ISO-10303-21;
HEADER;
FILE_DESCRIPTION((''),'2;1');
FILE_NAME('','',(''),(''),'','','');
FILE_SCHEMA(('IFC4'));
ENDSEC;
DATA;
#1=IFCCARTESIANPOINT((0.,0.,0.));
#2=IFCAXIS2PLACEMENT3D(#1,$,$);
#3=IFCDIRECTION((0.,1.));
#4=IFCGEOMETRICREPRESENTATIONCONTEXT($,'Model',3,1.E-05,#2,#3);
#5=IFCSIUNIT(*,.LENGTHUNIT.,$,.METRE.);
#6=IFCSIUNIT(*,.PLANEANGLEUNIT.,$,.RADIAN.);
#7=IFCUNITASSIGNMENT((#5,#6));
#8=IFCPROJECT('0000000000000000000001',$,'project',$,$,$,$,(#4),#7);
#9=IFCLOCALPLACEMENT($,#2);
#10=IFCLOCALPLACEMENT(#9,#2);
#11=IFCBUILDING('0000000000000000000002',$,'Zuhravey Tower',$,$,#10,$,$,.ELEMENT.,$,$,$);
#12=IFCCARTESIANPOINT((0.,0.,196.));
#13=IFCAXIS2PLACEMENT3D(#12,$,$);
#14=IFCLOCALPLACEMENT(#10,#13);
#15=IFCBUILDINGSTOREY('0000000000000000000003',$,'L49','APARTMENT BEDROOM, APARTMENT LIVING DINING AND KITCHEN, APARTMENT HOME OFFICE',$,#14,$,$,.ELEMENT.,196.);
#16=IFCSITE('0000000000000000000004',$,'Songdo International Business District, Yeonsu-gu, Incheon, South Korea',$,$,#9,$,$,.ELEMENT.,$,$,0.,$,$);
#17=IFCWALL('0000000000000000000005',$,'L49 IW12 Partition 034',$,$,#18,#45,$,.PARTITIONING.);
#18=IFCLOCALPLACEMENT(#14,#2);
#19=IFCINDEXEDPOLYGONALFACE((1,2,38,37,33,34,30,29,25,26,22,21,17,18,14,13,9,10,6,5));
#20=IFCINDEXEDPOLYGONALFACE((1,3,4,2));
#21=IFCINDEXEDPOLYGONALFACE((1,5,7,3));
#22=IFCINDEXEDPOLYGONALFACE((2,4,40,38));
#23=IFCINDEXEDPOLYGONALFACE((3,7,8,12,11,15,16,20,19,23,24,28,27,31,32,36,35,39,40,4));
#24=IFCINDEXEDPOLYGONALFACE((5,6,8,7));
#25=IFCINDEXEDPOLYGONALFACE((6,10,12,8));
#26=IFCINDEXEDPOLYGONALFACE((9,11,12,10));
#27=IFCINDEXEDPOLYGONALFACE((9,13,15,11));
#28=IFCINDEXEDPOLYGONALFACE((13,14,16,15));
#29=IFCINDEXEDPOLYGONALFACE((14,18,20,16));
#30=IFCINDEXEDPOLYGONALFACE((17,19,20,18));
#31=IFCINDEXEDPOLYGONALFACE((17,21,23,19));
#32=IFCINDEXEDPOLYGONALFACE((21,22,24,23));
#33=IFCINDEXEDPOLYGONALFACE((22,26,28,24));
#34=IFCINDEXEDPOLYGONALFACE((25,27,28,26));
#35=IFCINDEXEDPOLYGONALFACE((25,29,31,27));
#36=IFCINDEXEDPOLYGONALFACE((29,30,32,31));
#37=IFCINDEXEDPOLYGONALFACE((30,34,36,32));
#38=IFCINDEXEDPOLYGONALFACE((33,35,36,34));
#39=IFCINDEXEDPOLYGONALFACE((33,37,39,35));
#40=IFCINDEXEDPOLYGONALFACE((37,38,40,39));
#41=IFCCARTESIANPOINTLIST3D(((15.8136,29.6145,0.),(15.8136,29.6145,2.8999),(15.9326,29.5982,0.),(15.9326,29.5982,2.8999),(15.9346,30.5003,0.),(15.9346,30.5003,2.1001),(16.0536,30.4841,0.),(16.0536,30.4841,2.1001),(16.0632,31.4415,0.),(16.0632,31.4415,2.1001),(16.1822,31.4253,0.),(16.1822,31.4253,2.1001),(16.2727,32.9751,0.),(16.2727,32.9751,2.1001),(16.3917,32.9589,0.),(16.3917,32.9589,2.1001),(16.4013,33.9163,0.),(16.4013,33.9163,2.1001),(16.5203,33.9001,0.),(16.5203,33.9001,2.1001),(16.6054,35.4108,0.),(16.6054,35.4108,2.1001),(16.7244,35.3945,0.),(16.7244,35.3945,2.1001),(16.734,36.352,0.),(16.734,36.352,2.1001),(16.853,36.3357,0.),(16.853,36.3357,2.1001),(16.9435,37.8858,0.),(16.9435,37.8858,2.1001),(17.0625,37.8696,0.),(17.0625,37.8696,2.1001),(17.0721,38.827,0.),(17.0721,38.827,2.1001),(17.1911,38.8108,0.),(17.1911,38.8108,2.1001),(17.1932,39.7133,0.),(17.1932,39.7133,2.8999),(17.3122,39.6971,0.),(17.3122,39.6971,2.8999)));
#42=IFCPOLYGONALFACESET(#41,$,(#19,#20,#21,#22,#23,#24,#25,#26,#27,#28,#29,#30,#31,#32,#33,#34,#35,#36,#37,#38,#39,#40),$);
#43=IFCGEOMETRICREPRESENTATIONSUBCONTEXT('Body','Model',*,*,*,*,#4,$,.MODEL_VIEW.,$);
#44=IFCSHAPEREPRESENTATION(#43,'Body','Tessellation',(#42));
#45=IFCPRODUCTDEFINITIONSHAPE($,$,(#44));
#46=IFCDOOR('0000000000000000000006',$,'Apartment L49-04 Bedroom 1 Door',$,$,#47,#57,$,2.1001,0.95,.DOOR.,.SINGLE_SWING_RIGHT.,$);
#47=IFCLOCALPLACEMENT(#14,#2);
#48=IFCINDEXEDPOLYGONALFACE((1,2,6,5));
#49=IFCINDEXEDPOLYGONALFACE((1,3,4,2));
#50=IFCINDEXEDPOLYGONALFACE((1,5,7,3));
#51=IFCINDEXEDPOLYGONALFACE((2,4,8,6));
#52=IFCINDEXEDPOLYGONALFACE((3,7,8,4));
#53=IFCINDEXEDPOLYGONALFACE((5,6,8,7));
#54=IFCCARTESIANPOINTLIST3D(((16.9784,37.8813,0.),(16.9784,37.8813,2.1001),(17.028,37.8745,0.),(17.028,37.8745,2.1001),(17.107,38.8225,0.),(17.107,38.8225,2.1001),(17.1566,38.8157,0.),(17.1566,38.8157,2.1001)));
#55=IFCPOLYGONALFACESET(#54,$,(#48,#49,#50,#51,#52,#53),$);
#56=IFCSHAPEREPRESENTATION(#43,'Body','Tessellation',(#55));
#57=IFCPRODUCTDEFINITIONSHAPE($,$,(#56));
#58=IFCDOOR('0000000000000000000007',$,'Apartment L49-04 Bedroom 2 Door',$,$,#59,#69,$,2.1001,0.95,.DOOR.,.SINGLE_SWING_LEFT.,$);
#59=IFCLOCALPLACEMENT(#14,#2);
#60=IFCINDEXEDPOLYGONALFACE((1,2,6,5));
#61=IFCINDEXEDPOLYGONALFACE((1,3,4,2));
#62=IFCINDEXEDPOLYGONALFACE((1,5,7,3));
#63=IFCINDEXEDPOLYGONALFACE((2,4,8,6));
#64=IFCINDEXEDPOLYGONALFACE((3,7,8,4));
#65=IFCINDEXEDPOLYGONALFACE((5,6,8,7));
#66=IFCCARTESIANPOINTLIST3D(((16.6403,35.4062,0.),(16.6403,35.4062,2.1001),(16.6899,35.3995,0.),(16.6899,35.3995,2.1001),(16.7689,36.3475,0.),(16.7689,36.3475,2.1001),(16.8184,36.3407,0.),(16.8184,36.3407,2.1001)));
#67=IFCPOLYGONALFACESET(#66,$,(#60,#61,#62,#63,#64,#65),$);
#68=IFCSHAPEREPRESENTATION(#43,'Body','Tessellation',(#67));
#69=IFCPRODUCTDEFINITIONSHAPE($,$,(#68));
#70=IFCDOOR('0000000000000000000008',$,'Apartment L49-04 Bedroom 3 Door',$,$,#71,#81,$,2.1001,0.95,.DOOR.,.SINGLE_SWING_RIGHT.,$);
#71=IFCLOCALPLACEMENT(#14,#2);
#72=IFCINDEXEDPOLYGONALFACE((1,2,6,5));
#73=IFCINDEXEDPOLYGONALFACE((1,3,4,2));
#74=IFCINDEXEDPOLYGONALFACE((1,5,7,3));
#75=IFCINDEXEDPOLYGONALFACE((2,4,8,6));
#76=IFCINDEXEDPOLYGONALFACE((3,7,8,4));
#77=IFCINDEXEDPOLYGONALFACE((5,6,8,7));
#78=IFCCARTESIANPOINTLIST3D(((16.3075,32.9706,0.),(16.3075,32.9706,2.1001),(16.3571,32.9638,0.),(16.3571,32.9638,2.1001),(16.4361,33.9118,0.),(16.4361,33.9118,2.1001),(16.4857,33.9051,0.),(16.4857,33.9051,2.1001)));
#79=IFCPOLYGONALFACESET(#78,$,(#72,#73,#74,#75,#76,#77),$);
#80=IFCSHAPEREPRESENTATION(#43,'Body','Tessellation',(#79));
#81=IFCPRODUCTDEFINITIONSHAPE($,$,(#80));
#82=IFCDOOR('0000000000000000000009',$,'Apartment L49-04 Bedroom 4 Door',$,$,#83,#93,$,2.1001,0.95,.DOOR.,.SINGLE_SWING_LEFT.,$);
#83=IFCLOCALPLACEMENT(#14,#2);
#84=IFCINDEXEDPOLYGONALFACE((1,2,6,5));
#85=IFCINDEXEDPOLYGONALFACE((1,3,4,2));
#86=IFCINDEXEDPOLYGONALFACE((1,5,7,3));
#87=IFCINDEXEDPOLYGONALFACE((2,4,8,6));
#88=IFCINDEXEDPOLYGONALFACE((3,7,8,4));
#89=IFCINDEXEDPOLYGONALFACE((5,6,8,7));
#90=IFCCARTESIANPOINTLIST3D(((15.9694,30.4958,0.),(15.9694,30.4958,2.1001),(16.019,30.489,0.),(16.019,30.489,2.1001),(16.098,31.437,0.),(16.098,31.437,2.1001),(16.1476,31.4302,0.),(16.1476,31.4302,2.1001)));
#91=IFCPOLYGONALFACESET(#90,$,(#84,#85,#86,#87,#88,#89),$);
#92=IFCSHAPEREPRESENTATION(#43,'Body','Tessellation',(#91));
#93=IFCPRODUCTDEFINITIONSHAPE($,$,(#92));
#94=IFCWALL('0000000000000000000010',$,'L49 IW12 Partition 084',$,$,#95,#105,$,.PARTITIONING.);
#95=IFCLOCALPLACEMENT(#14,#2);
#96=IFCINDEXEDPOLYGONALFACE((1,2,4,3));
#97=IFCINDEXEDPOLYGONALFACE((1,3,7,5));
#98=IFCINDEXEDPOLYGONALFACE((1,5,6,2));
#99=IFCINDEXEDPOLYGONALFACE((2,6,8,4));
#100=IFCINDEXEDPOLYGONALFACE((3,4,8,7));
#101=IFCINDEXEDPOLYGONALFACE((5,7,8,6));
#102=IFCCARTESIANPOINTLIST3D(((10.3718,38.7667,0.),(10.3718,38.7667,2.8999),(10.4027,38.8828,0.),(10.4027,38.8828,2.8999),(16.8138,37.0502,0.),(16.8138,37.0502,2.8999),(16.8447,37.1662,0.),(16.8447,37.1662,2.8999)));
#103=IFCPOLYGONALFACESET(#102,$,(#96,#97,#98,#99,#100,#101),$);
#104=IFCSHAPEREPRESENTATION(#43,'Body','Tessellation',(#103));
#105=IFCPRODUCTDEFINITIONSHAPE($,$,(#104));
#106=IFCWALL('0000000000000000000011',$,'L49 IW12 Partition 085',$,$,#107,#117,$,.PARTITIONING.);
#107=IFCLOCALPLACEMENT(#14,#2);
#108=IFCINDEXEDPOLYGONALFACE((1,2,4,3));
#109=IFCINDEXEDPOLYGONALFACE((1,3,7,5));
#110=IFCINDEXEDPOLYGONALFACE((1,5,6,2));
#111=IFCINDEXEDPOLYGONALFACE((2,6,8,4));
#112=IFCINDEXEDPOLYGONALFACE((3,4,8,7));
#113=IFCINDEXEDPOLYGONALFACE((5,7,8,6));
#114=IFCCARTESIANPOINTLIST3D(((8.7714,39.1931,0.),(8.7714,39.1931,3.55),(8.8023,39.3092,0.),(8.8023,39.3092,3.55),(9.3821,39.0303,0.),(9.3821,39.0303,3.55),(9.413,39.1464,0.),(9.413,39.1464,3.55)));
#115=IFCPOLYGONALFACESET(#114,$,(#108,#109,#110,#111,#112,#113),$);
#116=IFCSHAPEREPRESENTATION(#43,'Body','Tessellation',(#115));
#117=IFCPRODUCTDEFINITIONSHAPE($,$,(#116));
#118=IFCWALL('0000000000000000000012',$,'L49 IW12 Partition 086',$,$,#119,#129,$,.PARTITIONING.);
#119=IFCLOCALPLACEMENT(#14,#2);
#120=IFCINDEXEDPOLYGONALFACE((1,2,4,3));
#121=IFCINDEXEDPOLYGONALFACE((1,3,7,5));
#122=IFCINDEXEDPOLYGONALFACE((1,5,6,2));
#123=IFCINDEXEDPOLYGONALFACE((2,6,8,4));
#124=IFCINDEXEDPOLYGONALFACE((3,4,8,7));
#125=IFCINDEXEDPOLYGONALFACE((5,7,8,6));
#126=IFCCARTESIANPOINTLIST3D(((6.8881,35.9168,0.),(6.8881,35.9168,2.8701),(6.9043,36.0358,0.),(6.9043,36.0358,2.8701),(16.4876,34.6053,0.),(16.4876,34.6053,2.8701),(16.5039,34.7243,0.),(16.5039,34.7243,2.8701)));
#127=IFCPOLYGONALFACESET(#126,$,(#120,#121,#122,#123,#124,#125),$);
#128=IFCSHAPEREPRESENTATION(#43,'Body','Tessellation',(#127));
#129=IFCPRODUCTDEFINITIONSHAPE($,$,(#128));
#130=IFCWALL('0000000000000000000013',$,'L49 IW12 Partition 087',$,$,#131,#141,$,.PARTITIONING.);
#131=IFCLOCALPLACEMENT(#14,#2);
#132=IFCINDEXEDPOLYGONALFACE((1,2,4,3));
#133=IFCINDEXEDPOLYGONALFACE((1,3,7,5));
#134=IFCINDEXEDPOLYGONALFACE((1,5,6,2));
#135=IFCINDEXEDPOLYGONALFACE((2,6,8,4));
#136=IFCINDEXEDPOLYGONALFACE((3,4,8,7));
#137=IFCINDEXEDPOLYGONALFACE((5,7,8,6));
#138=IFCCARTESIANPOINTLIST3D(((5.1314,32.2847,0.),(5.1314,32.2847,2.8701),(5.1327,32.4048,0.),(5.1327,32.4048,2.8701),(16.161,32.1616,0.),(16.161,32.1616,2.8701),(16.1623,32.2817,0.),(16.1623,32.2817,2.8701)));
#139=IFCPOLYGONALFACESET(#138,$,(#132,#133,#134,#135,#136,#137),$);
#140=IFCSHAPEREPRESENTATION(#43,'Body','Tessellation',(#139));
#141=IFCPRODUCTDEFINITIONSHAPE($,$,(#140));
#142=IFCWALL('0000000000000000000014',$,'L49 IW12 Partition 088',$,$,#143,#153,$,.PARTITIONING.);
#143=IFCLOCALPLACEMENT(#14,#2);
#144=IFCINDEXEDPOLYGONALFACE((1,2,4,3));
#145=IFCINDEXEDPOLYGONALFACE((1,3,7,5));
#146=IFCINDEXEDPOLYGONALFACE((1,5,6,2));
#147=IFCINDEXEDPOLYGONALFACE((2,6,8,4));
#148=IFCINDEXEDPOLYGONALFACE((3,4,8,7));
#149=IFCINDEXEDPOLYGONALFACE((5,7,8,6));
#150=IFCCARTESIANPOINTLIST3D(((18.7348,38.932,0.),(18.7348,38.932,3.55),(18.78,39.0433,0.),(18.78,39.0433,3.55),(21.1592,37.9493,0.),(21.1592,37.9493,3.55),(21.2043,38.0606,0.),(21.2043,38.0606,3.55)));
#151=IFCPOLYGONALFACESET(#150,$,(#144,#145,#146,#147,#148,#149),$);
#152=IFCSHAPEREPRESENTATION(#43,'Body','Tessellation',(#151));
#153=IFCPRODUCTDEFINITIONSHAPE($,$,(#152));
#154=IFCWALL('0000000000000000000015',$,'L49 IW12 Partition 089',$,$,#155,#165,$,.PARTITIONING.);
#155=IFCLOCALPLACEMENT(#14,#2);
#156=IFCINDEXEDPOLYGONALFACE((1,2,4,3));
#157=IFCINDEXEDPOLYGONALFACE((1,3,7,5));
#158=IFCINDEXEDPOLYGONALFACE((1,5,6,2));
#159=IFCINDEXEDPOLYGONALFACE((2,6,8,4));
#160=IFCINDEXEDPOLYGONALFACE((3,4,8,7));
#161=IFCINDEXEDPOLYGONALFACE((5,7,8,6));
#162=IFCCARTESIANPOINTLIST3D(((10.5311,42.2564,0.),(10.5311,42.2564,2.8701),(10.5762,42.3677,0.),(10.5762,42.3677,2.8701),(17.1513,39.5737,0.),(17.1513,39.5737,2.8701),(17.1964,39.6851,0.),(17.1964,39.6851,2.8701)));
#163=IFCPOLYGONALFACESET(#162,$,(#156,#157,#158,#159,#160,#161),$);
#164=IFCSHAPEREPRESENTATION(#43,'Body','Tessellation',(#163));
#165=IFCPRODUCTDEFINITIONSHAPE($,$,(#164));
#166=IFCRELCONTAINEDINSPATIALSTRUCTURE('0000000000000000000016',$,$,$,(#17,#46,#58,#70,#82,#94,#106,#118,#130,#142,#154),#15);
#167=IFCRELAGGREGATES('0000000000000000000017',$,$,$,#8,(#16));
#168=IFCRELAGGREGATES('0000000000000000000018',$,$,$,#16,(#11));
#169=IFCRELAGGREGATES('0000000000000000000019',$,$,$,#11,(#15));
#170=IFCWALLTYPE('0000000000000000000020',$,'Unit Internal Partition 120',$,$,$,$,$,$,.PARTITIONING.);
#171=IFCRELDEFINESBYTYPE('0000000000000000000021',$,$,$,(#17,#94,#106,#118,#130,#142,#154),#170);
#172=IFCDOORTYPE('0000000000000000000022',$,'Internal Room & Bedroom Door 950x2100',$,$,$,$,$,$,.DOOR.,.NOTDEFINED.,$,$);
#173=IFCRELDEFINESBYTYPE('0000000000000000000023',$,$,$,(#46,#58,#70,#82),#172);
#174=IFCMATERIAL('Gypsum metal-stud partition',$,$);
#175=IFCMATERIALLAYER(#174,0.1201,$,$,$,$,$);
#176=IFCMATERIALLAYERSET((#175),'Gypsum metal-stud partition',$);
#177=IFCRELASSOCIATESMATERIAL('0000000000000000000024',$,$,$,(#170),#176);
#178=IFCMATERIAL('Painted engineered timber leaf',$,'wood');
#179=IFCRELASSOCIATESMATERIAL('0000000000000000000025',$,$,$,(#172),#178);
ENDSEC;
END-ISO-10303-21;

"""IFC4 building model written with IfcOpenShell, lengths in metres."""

from ifc_helpers import new_model, si_unit, direction, frame, frame_2d, origin, place, context, subcontext, project, spatial, rectangle, extrude, material, layer, layer_set, type_object, element, fill, save


model = new_model("IFC4")

# Units and contexts
model_context = context("Model", 3, precision=1e-05, world=origin(), true_north=direction((0.0, 1.0)))
body_context = subcontext(model_context, "Body", "Model", "MODEL_VIEW")
ifc_project = project(units=[si_unit("LENGTHUNIT", "METRE"), si_unit("PLANEANGLEUNIT", "RADIAN")], contexts=[model_context])

# Site, building, storey
site_placement = place(None, origin())
site = spatial("IfcSite", under=ifc_project, at=site_placement, Name="Songdo International Business District, Yeonsu-gu, Incheon, South Korea", CompositionType="ELEMENT", RefElevation=0.0)
building_placement = place(site_placement, origin())
building = spatial("IfcBuilding", under=site, at=building_placement, Name="Zuhravey Tower", CompositionType="ELEMENT")
storey_placement = place(building_placement, frame((0.0, 0.0, 196.0)))
storey = spatial("IfcBuildingStorey", under=building, at=storey_placement, Name="L49", Description="APARTMENT BEDROOM, APARTMENT LIVING DINING AND KITCHEN, APARTMENT HOME OFFICE", CompositionType="ELEMENT", Elevation=196.0)

# Wall, openings, doors
ifc_material_1 = material(Name="Gypsum metal-stud partition")
ifc_layer_1 = layer(ifc_material_1, 0.1201)
ifc_layer_set_1 = layer_set([ifc_layer_1], Name="Gypsum metal-stud partition")
wall_type_1 = type_object("IfcWallType", Name="Unit Internal Partition 120", PredefinedType="PARTITIONING", material=ifc_layer_set_1)
ifc_material_2 = material(Name="Painted engineered timber leaf", Category="wood")
door_type_1 = type_object("IfcDoorType", Name="Internal Room & Bedroom Door 950x2100", OperationType="NOTDEFINED", PredefinedType="DOOR", material=ifc_material_2)
wall_1_placement = place(storey_placement, frame((17.2527, 39.7051, 0.0), z_axis=(0.0, 0.0, 1.0), x_axis=(-0.135356, -0.990797, 0.0)))
wall_1 = element("IfcWall", 1, at=wall_1_placement, inside=storey, type_object=wall_type_1, Name="L49 IW12 Partition 034", PredefinedType="PARTITIONING", context=body_context, shape_type="SweptSolid", body=[
    extrude(rectangle(XDim=10.1926, YDim=0.1201, at=frame_2d((5.0962, 0.0))), origin(), (0.0, 0.0, 1.0), 2.8999),
])
opening_1_placement = place(wall_1_placement, frame((0.8943, 0.0, 0.0)))
opening_1 = element("IfcOpeningElement", 2, at=opening_1_placement, cuts=wall_1, PredefinedType="OPENING", context=body_context, shape_type="SweptSolid", body=[
    extrude(rectangle(XDim=0.95, YDim=2.1001, at=frame_2d((0.4751, 1.05))), frame((0.0, 0.072, 0.0), z_axis=(0.0, -1.0, 0.0), x_axis=(1.0, 0.0, 0.0)), (0.0, 0.0, 1.0), 0.144),
])
opening_2_placement = place(wall_1_placement, frame((3.3923, 0.0, 0.0)))
opening_2 = element("IfcOpeningElement", 3, at=opening_2_placement, cuts=wall_1, PredefinedType="OPENING", context=body_context, shape_type="SweptSolid", body=[
    extrude(rectangle(XDim=0.95, YDim=2.1001, at=frame_2d((0.4751, 1.05))), frame((0.0, 0.072, 0.0), z_axis=(0.0, -1.0, 0.0), x_axis=(1.0, 0.0, 0.0)), (0.0, 0.0, 1.0), 0.144),
])
opening_3_placement = place(wall_1_placement, frame((5.8506, 0.0, 0.0)))
opening_3 = element("IfcOpeningElement", 4, at=opening_3_placement, cuts=wall_1, PredefinedType="OPENING", context=body_context, shape_type="SweptSolid", body=[
    extrude(rectangle(XDim=0.95, YDim=2.1001, at=frame_2d((0.4751, 1.05))), frame((0.0, 0.072, 0.0), z_axis=(0.0, -1.0, 0.0), x_axis=(1.0, 0.0, 0.0)), (0.0, 0.0, 1.0), 0.144),
])
opening_4_placement = place(wall_1_placement, frame((8.3484, 0.0, 0.0)))
opening_4 = element("IfcOpeningElement", 5, at=opening_4_placement, cuts=wall_1, PredefinedType="OPENING", context=body_context, shape_type="SweptSolid", body=[
    extrude(rectangle(XDim=0.95, YDim=2.1001, at=frame_2d((0.4751, 1.05))), frame((0.0, 0.072, 0.0), z_axis=(0.0, -1.0, 0.0), x_axis=(1.0, 0.0, 0.0)), (0.0, 0.0, 1.0), 0.144),
])
door_1_placement = place(opening_1_placement, frame((0.95, 0.0, 0.0), z_axis=(0.0, 0.0, 1.0), x_axis=(-1.0, 0.0, 0.0)))
door_1 = element("IfcDoor", 6, at=door_1_placement, inside=storey, type_object=door_type_1, Name="Apartment L49-04 Bedroom 1 Door", OperationType="SINGLE_SWING_RIGHT", OverallHeight=2.1001, OverallWidth=0.95, PredefinedType="DOOR", context=body_context, shape_type="SweptSolid", body=[
    extrude(rectangle(XDim=0.95, YDim=2.1001, at=frame_2d((0.4751, 1.05))), frame((0.0, 0.0249, 0.0), z_axis=(0.0, -1.0, 0.0), x_axis=(1.0, 0.0, 0.0)), (0.0, 0.0, 1.0), 0.05),
])
fill(opening_1, door_1)
door_2_placement = place(opening_2_placement, frame((0.95, 0.0, 0.0), z_axis=(0.0, 0.0, 1.0), x_axis=(-1.0, 0.0, 0.0)))
door_2 = element("IfcDoor", 7, at=door_2_placement, inside=storey, type_object=door_type_1, Name="Apartment L49-04 Bedroom 2 Door", OperationType="SINGLE_SWING_LEFT", OverallHeight=2.1001, OverallWidth=0.95, PredefinedType="DOOR", context=body_context, shape_type="SweptSolid", body=[
    extrude(rectangle(XDim=0.95, YDim=2.1001, at=frame_2d((0.4751, 1.05))), frame((0.0, 0.0249, 0.0), z_axis=(0.0, -1.0, 0.0), x_axis=(1.0, 0.0, 0.0)), (0.0, 0.0, 1.0), 0.05),
])
fill(opening_2, door_2)
door_3_placement = place(opening_3_placement, frame((0.95, 0.0, 0.0), z_axis=(0.0, 0.0, 1.0), x_axis=(-1.0, 0.0, 0.0)))
door_3 = element("IfcDoor", 8, at=door_3_placement, inside=storey, type_object=door_type_1, Name="Apartment L49-04 Bedroom 3 Door", OperationType="SINGLE_SWING_RIGHT", OverallHeight=2.1001, OverallWidth=0.95, PredefinedType="DOOR", context=body_context, shape_type="SweptSolid", body=[
    extrude(rectangle(XDim=0.95, YDim=2.1001, at=frame_2d((0.4751, 1.05))), frame((0.0, 0.0249, 0.0), z_axis=(0.0, -1.0, 0.0), x_axis=(1.0, 0.0, 0.0)), (0.0, 0.0, 1.0), 0.05),
])
fill(opening_3, door_3)
door_4_placement = place(opening_4_placement, frame((0.95, 0.0, 0.0), z_axis=(0.0, 0.0, 1.0), x_axis=(-1.0, 0.0, 0.0)))
door_4 = element("IfcDoor", 9, at=door_4_placement, inside=storey, type_object=door_type_1, Name="Apartment L49-04 Bedroom 4 Door", OperationType="SINGLE_SWING_LEFT", OverallHeight=2.1001, OverallWidth=0.95, PredefinedType="DOOR", context=body_context, shape_type="SweptSolid", body=[
    extrude(rectangle(XDim=0.95, YDim=2.1001, at=frame_2d((0.4751, 1.05))), frame((0.0, 0.0249, 0.0), z_axis=(0.0, -1.0, 0.0), x_axis=(1.0, 0.0, 0.0)), (0.0, 0.0, 1.0), 0.05),
])
fill(opening_4, door_4)

# Walls
wall_2_placement = place(storey_placement, frame((16.8293, 37.1082, 0.0), z_axis=(0.0, 0.0, 1.0), x_axis=(-0.966283, 0.257483, 0.0)))
element("IfcWall", 10, at=wall_2_placement, inside=storey, type_object=wall_type_1, Name="L49 IW12 Partition 084", PredefinedType="PARTITIONING", context=body_context, shape_type="SweptSolid", body=[
    extrude(rectangle(XDim=6.6667, YDim=0.1201, at=frame_2d((3.3335, 0.0))), origin(), (0.0, 0.0, 1.0), 2.8999),
])
wall_3_placement = place(storey_placement, frame((9.3975, 39.0884, 0.0), z_axis=(0.0, 0.0, 1.0), x_axis=(-0.966254, 0.257591, 0.0)))
element("IfcWall", 11, at=wall_3_placement, inside=storey, type_object=wall_type_1, Name="L49 IW12 Partition 085", PredefinedType="PARTITIONING", context=body_context, shape_type="SweptSolid", body=[
    extrude(rectangle(XDim=0.6321, YDim=0.1201, at=frame_2d((0.3159, 0.0))), origin(), (0.0, 0.0, 1.0), 3.55),
])
wall_4_placement = place(storey_placement, frame((16.4956, 34.6648, 0.0), z_axis=(0.0, 0.0, 1.0), x_axis=(-0.990796, 0.135365, 0.0)))
element("IfcWall", 12, at=wall_4_placement, inside=storey, type_object=wall_type_1, Name="L49 IW12 Partition 086", PredefinedType="PARTITIONING", context=body_context, shape_type="SweptSolid", body=[
    extrude(rectangle(XDim=9.6887, YDim=0.1201, at=frame_2d((4.8442, 0.0))), origin(), (0.0, 0.0, 1.0), 2.8701),
])
wall_5_placement = place(storey_placement, frame((16.1616, 32.2217, 0.0), z_axis=(0.0, 0.0, 1.0), x_axis=(-0.999938, 0.011155, 0.0)))
element("IfcWall", 13, at=wall_5_placement, inside=storey, type_object=wall_type_1, Name="L49 IW12 Partition 087", PredefinedType="PARTITIONING", context=body_context, shape_type="SweptSolid", body=[
    extrude(rectangle(XDim=11.0303, YDim=0.1201, at=frame_2d((5.5151, 0.0))), origin(), (0.0, 0.0, 1.0), 2.8701),
])
wall_6_placement = place(storey_placement, frame((21.1819, 38.0049, 0.0), z_axis=(0.0, 0.0, 1.0), x_axis=(-0.926761, 0.375651, 0.0)))
element("IfcWall", 14, at=wall_6_placement, inside=storey, type_object=wall_type_1, Name="L49 IW12 Partition 088", PredefinedType="PARTITIONING", context=body_context, shape_type="SweptSolid", body=[
    extrude(rectangle(XDim=2.616, YDim=0.1201, at=frame_2d((1.3081, 0.0))), origin(), (0.0, 0.0, 1.0), 3.55),
])
wall_7_placement = place(storey_placement, frame((17.1738, 39.6294, 0.0), z_axis=(0.0, 0.0, 1.0), x_axis=(-0.926798, 0.375559, 0.0)))
element("IfcWall", 15, at=wall_7_placement, inside=storey, type_object=wall_type_1, Name="L49 IW12 Partition 089", PredefinedType="PARTITIONING", context=body_context, shape_type="SweptSolid", body=[
    extrude(rectangle(XDim=7.1431, YDim=0.1201, at=frame_2d((3.5715, 0.0))), origin(), (0.0, 0.0, 1.0), 2.8701),
])

save(model, "model.ifc")
